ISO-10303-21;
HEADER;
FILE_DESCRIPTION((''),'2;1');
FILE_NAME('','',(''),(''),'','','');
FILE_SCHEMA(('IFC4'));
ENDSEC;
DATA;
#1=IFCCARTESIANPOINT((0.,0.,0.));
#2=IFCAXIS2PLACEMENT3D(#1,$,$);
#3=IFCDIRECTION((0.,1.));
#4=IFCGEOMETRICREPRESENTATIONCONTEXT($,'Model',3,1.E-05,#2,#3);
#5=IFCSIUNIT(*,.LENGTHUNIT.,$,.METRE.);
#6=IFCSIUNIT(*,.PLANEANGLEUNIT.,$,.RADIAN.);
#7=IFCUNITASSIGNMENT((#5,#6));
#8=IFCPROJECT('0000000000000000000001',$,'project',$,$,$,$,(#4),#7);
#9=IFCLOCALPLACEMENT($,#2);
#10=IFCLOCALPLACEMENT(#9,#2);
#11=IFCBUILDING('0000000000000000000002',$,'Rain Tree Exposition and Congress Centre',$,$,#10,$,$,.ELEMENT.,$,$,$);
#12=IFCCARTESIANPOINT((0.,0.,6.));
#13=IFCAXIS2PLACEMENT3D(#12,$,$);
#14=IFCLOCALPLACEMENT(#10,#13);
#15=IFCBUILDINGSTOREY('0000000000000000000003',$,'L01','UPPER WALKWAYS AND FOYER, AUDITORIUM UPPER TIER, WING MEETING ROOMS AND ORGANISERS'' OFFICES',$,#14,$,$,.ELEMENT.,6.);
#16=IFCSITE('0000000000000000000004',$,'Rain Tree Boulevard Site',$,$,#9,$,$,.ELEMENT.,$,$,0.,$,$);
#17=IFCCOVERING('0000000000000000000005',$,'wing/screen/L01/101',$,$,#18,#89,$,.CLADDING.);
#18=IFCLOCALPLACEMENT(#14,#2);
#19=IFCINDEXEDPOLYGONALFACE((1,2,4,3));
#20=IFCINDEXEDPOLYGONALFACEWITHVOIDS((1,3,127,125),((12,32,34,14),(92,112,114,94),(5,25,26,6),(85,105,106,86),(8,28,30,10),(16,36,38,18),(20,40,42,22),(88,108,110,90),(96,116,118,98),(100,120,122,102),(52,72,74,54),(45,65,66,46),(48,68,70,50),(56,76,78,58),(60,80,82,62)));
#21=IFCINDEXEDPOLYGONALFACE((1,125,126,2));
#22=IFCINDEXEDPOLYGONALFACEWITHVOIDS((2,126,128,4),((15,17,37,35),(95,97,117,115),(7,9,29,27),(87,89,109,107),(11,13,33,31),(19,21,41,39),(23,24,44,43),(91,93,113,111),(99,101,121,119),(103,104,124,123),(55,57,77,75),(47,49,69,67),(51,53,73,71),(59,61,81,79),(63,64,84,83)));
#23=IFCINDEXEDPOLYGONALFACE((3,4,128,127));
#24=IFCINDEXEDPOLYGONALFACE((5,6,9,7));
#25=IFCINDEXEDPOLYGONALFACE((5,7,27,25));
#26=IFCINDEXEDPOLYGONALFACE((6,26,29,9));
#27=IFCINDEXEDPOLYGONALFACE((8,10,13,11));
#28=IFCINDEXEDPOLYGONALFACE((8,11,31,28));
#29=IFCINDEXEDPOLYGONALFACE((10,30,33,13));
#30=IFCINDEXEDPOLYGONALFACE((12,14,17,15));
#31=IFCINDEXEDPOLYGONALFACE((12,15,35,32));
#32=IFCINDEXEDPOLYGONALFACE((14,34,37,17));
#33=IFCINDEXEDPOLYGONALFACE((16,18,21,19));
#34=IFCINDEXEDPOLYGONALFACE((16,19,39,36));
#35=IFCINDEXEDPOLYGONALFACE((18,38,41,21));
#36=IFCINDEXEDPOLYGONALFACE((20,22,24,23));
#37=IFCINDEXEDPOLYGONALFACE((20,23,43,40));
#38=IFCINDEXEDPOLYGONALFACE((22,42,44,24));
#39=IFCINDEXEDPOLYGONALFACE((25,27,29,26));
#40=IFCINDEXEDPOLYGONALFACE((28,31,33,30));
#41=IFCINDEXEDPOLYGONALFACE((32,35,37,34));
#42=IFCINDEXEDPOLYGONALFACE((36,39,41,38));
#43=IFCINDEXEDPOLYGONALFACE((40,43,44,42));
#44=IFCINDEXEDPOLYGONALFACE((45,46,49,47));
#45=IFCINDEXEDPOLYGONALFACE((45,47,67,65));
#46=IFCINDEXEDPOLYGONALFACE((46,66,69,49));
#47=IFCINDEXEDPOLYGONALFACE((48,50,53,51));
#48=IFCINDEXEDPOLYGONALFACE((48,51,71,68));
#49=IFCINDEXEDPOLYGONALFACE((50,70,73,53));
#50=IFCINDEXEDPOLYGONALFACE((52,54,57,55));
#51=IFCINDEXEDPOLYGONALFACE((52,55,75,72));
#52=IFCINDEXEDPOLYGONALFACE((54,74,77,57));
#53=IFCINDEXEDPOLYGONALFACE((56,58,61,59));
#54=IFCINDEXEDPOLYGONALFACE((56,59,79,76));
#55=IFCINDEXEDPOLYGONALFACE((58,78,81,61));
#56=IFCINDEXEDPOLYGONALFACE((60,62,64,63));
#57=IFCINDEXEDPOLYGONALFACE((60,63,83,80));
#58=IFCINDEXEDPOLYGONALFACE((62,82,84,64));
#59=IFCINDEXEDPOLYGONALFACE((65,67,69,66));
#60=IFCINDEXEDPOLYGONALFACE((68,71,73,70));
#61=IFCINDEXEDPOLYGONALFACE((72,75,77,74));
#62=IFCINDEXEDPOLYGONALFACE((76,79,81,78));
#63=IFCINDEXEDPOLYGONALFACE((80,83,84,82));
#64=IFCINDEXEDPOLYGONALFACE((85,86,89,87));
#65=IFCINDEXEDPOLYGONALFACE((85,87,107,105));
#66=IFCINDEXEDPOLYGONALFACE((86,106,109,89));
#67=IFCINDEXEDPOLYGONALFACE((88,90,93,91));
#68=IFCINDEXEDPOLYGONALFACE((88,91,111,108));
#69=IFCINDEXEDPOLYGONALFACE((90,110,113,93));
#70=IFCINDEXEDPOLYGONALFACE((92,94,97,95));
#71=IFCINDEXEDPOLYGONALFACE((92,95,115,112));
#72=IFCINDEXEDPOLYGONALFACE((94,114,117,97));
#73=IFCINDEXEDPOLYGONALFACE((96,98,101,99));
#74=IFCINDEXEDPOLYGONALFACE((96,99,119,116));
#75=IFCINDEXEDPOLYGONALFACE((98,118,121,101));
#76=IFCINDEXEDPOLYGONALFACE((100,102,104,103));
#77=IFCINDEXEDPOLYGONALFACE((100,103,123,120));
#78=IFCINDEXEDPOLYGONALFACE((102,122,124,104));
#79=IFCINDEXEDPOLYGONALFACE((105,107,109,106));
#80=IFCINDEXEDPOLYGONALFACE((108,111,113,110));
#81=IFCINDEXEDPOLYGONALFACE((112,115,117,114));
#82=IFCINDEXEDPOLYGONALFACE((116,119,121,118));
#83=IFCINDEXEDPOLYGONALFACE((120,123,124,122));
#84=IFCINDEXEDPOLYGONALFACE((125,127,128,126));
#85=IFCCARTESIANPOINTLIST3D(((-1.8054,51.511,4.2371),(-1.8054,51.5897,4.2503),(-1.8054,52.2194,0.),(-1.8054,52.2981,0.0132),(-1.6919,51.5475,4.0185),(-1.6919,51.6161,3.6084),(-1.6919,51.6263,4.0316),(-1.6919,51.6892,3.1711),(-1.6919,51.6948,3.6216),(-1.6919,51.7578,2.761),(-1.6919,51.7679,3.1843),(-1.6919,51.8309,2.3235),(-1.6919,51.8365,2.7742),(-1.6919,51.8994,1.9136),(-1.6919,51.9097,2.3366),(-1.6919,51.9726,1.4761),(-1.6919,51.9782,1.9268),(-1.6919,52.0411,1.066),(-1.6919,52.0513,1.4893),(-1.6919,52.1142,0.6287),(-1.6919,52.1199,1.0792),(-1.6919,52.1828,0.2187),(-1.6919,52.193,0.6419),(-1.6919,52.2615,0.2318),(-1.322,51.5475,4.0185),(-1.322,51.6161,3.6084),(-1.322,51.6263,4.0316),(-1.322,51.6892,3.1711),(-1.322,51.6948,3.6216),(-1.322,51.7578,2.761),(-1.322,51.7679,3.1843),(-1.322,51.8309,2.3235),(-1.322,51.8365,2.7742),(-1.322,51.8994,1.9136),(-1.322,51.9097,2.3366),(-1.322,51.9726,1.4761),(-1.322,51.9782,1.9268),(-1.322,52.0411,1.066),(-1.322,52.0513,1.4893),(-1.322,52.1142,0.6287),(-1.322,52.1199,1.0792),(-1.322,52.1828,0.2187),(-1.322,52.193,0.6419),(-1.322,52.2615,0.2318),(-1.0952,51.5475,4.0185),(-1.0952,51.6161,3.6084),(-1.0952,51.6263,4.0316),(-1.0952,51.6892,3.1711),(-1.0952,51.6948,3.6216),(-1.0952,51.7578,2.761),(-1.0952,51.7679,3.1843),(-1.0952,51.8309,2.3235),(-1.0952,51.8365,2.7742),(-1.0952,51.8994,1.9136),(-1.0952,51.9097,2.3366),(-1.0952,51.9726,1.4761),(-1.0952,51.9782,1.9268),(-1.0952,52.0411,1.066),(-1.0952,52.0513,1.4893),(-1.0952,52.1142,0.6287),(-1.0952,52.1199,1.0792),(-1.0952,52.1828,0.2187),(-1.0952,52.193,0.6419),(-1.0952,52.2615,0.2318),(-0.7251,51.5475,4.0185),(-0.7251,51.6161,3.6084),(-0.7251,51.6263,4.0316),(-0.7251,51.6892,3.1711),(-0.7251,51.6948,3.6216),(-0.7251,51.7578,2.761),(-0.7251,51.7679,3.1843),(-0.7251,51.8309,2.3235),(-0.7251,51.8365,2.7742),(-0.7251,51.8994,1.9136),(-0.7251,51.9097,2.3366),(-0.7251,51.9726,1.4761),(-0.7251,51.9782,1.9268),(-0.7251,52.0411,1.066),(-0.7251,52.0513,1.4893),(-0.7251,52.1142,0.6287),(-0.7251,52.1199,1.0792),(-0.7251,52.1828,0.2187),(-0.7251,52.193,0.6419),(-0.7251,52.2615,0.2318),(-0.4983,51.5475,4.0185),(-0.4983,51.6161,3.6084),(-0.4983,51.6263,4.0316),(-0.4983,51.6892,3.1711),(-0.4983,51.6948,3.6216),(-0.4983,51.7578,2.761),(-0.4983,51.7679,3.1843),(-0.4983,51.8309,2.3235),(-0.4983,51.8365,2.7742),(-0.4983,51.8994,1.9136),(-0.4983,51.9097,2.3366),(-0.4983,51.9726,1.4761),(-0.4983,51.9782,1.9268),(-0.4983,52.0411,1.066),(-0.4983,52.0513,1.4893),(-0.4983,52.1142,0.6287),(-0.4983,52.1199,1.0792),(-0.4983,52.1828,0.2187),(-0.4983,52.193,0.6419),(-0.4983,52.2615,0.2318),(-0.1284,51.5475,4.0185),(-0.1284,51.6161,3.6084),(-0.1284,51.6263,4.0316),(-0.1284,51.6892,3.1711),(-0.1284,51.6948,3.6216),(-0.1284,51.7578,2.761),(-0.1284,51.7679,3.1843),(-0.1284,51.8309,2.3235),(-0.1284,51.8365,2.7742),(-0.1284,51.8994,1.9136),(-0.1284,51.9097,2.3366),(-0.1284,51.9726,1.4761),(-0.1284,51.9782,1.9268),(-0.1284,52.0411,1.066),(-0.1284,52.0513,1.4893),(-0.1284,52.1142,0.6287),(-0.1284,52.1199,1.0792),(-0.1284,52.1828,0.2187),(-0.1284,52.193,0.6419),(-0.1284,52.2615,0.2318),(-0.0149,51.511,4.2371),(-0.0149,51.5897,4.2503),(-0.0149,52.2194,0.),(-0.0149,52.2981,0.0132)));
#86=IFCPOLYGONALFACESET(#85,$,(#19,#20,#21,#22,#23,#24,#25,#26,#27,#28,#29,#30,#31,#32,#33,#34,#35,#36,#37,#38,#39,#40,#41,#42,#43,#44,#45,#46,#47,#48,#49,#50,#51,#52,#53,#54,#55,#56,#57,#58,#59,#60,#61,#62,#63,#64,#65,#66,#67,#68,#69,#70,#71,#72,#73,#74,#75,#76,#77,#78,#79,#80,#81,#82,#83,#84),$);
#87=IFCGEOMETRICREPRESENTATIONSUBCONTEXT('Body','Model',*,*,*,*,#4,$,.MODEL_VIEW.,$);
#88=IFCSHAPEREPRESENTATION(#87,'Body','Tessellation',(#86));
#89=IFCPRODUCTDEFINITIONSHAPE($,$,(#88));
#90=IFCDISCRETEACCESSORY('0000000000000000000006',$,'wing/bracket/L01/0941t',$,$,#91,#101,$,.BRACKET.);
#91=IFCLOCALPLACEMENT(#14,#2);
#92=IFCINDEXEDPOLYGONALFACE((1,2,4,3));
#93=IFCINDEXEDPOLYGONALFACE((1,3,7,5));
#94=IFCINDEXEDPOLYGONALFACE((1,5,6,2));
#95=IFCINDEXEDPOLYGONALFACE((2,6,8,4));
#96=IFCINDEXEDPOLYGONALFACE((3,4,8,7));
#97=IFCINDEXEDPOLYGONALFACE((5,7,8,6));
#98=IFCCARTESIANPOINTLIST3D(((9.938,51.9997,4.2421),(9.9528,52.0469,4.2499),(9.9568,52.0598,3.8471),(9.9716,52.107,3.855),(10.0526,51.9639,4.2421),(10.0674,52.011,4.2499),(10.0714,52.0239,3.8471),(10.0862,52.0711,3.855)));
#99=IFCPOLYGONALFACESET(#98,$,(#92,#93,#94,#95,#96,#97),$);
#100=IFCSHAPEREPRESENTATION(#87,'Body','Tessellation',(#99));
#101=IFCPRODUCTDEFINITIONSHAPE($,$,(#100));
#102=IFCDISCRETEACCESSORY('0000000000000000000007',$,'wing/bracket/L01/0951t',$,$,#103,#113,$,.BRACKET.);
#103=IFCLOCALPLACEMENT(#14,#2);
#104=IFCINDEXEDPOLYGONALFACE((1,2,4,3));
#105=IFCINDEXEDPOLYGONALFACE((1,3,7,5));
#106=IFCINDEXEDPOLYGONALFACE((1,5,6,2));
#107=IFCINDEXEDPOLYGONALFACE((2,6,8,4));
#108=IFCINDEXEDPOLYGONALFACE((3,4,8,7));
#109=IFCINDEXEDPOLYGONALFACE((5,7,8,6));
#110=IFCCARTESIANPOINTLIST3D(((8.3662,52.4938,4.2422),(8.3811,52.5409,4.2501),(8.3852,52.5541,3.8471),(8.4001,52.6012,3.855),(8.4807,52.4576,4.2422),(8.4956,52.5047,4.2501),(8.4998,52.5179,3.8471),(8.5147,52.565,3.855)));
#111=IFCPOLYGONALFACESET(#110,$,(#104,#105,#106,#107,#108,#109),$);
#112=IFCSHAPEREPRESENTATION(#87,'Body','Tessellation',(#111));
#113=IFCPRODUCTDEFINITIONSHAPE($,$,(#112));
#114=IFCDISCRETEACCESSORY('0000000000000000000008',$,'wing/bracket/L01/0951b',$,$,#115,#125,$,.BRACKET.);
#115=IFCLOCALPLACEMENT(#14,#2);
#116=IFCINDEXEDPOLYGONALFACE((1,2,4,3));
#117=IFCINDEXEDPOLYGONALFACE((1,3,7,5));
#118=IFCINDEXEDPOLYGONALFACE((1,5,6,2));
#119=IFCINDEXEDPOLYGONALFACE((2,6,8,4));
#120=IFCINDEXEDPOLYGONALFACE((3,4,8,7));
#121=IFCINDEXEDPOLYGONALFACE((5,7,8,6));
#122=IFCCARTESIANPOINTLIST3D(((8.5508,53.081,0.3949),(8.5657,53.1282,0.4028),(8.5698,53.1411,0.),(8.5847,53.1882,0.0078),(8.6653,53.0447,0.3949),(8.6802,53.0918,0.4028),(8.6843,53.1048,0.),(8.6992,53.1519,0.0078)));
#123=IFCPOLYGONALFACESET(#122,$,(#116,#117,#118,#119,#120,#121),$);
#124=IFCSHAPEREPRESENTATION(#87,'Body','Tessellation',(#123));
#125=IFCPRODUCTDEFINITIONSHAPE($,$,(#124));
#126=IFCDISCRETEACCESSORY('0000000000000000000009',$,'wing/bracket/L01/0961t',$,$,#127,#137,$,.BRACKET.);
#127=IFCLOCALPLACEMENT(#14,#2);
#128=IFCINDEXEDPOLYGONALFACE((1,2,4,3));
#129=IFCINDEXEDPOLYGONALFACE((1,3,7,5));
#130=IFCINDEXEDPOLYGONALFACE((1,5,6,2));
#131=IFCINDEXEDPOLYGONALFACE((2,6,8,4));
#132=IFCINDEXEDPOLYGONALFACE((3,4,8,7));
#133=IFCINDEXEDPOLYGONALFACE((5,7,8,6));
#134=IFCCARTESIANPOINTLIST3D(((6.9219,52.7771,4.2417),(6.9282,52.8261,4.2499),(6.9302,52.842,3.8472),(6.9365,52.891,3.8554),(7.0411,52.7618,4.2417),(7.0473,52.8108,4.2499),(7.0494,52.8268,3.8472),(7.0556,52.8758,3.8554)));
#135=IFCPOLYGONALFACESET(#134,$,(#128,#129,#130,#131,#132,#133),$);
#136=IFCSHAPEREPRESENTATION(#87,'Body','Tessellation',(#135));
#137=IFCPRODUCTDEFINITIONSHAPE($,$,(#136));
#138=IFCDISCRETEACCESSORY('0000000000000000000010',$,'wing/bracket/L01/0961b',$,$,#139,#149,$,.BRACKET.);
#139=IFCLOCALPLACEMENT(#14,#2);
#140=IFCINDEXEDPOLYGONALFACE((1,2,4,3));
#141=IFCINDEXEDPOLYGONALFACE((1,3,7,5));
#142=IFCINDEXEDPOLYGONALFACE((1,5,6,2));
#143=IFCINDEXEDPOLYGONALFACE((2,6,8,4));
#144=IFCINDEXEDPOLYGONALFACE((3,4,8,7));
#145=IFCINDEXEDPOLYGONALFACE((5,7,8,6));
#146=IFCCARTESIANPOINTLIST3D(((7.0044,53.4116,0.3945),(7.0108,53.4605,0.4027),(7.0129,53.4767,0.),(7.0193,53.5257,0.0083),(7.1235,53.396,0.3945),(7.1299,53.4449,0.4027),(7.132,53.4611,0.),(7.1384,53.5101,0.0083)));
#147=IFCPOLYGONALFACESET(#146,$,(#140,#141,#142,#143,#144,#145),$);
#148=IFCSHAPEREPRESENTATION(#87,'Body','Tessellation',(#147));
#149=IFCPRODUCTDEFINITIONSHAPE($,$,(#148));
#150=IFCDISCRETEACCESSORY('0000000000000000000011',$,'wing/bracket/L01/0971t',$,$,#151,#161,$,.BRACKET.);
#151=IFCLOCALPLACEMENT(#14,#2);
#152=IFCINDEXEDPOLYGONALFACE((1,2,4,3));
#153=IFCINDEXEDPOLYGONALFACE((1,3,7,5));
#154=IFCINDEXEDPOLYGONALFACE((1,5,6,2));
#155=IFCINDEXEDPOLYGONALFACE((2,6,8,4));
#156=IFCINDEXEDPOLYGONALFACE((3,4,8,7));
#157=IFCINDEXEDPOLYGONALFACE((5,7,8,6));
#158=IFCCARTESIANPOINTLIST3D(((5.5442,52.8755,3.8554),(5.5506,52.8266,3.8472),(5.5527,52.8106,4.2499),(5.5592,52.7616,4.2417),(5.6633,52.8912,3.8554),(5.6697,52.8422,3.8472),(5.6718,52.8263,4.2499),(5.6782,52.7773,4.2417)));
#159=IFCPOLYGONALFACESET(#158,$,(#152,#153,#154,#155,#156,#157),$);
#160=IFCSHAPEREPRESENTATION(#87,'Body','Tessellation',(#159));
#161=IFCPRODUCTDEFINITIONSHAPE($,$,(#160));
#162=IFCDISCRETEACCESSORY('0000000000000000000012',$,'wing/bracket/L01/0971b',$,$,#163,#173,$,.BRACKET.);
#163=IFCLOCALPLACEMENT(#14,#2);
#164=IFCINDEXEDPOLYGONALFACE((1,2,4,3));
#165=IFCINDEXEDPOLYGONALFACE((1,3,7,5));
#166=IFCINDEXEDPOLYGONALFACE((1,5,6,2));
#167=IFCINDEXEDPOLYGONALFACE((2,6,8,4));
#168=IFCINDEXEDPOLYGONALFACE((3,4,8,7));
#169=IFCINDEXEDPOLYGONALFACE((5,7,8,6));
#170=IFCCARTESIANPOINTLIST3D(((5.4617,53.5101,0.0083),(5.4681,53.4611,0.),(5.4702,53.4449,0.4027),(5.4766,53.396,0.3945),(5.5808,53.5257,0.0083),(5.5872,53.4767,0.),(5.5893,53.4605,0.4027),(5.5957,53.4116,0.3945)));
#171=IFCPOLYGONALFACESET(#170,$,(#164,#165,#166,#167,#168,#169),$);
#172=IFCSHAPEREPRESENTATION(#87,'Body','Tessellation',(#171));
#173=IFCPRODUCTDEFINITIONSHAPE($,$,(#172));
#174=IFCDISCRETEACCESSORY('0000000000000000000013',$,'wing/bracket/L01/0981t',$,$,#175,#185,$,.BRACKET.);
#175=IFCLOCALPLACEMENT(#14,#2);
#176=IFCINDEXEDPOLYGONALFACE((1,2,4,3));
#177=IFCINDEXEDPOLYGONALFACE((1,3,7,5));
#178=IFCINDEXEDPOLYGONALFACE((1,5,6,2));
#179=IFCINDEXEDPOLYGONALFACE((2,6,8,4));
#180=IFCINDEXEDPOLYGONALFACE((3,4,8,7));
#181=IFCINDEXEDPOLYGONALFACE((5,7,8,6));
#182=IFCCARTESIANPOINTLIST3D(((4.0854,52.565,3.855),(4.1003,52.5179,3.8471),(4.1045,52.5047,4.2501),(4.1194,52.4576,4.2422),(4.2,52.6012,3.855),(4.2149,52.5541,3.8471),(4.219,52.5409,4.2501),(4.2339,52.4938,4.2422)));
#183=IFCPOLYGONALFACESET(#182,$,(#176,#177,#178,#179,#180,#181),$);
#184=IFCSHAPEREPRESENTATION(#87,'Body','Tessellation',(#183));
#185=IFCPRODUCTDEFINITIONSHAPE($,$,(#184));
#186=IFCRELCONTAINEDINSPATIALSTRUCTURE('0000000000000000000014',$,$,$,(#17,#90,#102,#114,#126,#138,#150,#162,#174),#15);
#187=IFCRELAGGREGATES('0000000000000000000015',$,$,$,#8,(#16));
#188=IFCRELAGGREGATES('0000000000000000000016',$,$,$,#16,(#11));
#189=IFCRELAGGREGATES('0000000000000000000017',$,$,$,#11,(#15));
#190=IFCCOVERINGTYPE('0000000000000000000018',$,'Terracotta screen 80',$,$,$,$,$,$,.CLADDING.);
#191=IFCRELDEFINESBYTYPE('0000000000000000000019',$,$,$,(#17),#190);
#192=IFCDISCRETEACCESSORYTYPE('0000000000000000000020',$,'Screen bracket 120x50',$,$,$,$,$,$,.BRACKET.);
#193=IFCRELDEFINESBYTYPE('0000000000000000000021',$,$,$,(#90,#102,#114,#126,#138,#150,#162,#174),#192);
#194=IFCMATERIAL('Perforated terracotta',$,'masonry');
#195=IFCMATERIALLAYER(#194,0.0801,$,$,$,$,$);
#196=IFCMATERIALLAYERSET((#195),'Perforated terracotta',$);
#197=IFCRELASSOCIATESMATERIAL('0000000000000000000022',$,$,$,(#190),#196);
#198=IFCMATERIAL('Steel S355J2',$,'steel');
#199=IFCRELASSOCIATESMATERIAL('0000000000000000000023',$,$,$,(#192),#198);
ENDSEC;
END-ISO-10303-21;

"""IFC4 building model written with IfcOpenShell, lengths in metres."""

from ifc_helpers import new_model, si_unit, direction, frame, origin, origin_2d, place, context, subcontext, project, spatial, polyline, rectangle, outline, extrude, material, layer, layer_set, material_profile, profile_set, type_object, element, save


model = new_model("IFC4")

# Units and contexts
model_context = context("Model", 3, precision=1e-05, world=origin(), true_north=direction((0.0, 1.0)))
body_context = subcontext(model_context, "Body", "Model", "MODEL_VIEW")
ifc_project = project(units=[si_unit("LENGTHUNIT", "METRE"), si_unit("PLANEANGLEUNIT", "RADIAN")], contexts=[model_context])

# Site, building, storey
site_placement = place(None, origin())
site = spatial("IfcSite", under=ifc_project, at=site_placement, Name="Rain Tree Boulevard Site", CompositionType="ELEMENT", RefElevation=0.0)
building_placement = place(site_placement, origin())
building = spatial("IfcBuilding", under=site, at=building_placement, Name="Rain Tree Exposition and Congress Centre", CompositionType="ELEMENT")
storey_placement = place(building_placement, frame((0.0, 0.0, 6.0)))
storey = spatial("IfcBuildingStorey", under=building, at=storey_placement, Name="L01", Description="UPPER WALKWAYS AND FOYER, AUDITORIUM UPPER TIER, WING MEETING ROOMS AND ORGANISERS' OFFICES", CompositionType="ELEMENT", Elevation=6.0)

# Covering
ifc_material_1 = material(Name="Perforated terracotta", Category="masonry")
ifc_layer = layer(ifc_material_1, 0.0801)
ifc_layer_set = layer_set([ifc_layer], Name="Perforated terracotta")
covering_type = type_object("IfcCoveringType", Name="Terracotta screen 80", PredefinedType="CLADDING", material=ifc_layer_set)
covering_1_placement = place(storey_placement, frame((0.0, 52.2981, 0.0132), z_axis=(0.0, -0.986311, -0.164894), x_axis=(1.0, 0.0, 0.0)))
element("IfcCovering", 1, at=covering_1_placement, inside=storey, type_object=covering_type, Name="wing/screen/L01/101", PredefinedType="CLADDING", context=body_context, shape_type="SweptSolid", body=[
    extrude(outline(polyline([(-1.8054, 0.0), (-1.8054, 4.2959), (-0.0149, 4.2959), (-0.0149, 0.0), (-1.8054, 0.0)]), holes=[polyline([(-0.1284, 0.2217), (-0.1284, 0.6375), (-0.4983, 0.6375), (-0.4983, 0.2217), (-0.1284, 0.2217)]), polyline([(-0.1284, 1.0808), (-0.1284, 1.4966), (-0.4983, 1.4966), (-0.4983, 1.0808), (-0.1284, 1.0808)]), polyline([(-0.1284, 1.9402), (-0.1284, 2.3557), (-0.4983, 2.3557), (-0.4983, 1.9402), (-0.1284, 1.9402)]), polyline([(-0.1284, 2.7993), (-0.1284, 3.2151), (-0.4983, 3.2151), (-0.4983, 2.7993), (-0.1284, 2.7993)]), polyline([(-0.1284, 3.6584), (-0.1284, 4.0742), (-0.4983, 4.0742), (-0.4983, 3.6584), (-0.1284, 3.6584)]), polyline([(-0.7251, 0.2217), (-0.7251, 0.6375), (-1.0952, 0.6375), (-1.0952, 0.2217), (-0.7251, 0.2217)]), polyline([(-0.7251, 1.0808), (-0.7251, 1.4966), (-1.0952, 1.4966), (-1.0952, 1.0808), (-0.7251, 1.0808)]), polyline([(-0.7251, 1.9402), (-0.7251, 2.3557), (-1.0952, 2.3557), (-1.0952, 1.9402), (-0.7251, 1.9402)]), polyline([(-0.7251, 2.7993), (-0.7251, 3.2151), (-1.0952, 3.2151), (-1.0952, 2.7993), (-0.7251, 2.7993)]), polyline([(-0.7251, 3.6584), (-0.7251, 4.0742), (-1.0952, 4.0742), (-1.0952, 3.6584), (-0.7251, 3.6584)]), polyline([(-1.322, 0.2217), (-1.322, 0.6375), (-1.6919, 0.6375), (-1.6919, 0.2217), (-1.322, 0.2217)]), polyline([(-1.322, 1.0808), (-1.322, 1.4966), (-1.6919, 1.4966), (-1.6919, 1.0808), (-1.322, 1.0808)]), polyline([(-1.322, 1.9402), (-1.322, 2.3557), (-1.6919, 2.3557), (-1.6919, 1.9402), (-1.322, 1.9402)]), polyline([(-1.322, 2.7993), (-1.322, 3.2151), (-1.6919, 3.2151), (-1.6919, 2.7993), (-1.322, 2.7993)]), polyline([(-1.322, 3.6584), (-1.322, 4.0742), (-1.6919, 4.0742), (-1.6919, 3.6584), (-1.322, 3.6584)])]), origin(), (0.0, 0.0, 1.0), 0.0798),
])

# Discrete accessories
ifc_material_2 = material(Name="Steel S355J2", Category="steel")
ifc_material_profile = material_profile(ifc_material_2, rectangle(XDim=0.1201, YDim=0.05, at=origin_2d()), Name="Flat bar 120x50")
ifc_profile_set = profile_set([ifc_material_profile], Name="Steel S355J2")
discrete_accessory_type = type_object("IfcDiscreteAccessoryType", Name="Screen bracket 120x50", PredefinedType="BRACKET", material=ifc_profile_set)
discrete_accessory_1_placement = place(storey_placement, frame((10.0215, 52.0654, 3.8511), z_axis=(-0.046997, -0.150146, 0.987546), x_axis=(0.954342, -0.298717, 0.0)))
element("IfcDiscreteAccessory", 2, at=discrete_accessory_1_placement, inside=storey, type_object=discrete_accessory_type, Name="wing/bracket/L01/0941t", PredefinedType="BRACKET", context=body_context, shape_type="SweptSolid", body=[
    extrude(rectangle(XDim=0.1201, YDim=0.05, at=origin_2d()), origin(), (0.0, 0.0, 1.0), 0.3999),
])
discrete_accessory_2_placement = place(storey_placement, frame((8.45, 52.5596, 3.8511), z_axis=(-0.047602, -0.150738, 0.987427), x_axis=(0.953583, -0.301131, 0.0)))
element("IfcDiscreteAccessory", 3, at=discrete_accessory_2_placement, inside=storey, type_object=discrete_accessory_type, Name="wing/bracket/L01/0951t", PredefinedType="BRACKET", context=body_context, shape_type="SweptSolid", body=[
    extrude(rectangle(XDim=0.1201, YDim=0.05, at=origin_2d()), origin(), (0.0, 0.0, 1.0), 0.4001),
])
for number, where, z_axis, x_axis, name in (
    (4, (8.6345, 53.1465, 0.0039), (-0.047606, -0.150142, 0.987518), (0.953231, -0.302244, 0.0), "wing/bracket/L01/0951b"),
    (5, (6.9929, 52.8589, 3.8513), (-0.020756, -0.162383, 0.986509), (0.99193, -0.126788, 0.0), "wing/bracket/L01/0961t"),
    (6, (7.0757, 53.4934, 0.0042), (-0.021364, -0.162976, 0.986399), (0.991517, -0.129974, 0.0), "wing/bracket/L01/0961b"),
    (7, (5.6069, 52.8589, 3.8513), (0.021366, -0.162381, 0.986497), (0.991454, 0.130455, 0.0), "wing/bracket/L01/0971t"),
    (8, (5.5244, 53.4934, 0.0042), (0.021364, -0.162976, 0.986399), (0.991517, 0.129974, 0.0), "wing/bracket/L01/0971b"),
):
    element("IfcDiscreteAccessory", number, at=place(storey_placement, frame(where, z_axis=z_axis, x_axis=x_axis)), inside=storey, type_object=discrete_accessory_type, Name=name, PredefinedType="BRACKET", context=body_context, shape_type="SweptSolid", body=[
        extrude(rectangle(XDim=0.1201, YDim=0.05, at=origin_2d()), origin(), (0.0, 0.0, 1.0), 0.3999),
    ])
discrete_accessory_3_placement = place(storey_placement, frame((4.1501, 52.5596, 3.8511), z_axis=(0.047602, -0.150738, 0.987427), x_axis=(0.953583, 0.301131, 0.0)))
element("IfcDiscreteAccessory", 9, at=discrete_accessory_3_placement, inside=storey, type_object=discrete_accessory_type, Name="wing/bracket/L01/0981t", PredefinedType="BRACKET", context=body_context, shape_type="SweptSolid", body=[
    extrude(rectangle(XDim=0.1201, YDim=0.05, at=origin_2d()), origin(), (0.0, 0.0, 1.0), 0.4001),
])

save(model, "model.ifc")
